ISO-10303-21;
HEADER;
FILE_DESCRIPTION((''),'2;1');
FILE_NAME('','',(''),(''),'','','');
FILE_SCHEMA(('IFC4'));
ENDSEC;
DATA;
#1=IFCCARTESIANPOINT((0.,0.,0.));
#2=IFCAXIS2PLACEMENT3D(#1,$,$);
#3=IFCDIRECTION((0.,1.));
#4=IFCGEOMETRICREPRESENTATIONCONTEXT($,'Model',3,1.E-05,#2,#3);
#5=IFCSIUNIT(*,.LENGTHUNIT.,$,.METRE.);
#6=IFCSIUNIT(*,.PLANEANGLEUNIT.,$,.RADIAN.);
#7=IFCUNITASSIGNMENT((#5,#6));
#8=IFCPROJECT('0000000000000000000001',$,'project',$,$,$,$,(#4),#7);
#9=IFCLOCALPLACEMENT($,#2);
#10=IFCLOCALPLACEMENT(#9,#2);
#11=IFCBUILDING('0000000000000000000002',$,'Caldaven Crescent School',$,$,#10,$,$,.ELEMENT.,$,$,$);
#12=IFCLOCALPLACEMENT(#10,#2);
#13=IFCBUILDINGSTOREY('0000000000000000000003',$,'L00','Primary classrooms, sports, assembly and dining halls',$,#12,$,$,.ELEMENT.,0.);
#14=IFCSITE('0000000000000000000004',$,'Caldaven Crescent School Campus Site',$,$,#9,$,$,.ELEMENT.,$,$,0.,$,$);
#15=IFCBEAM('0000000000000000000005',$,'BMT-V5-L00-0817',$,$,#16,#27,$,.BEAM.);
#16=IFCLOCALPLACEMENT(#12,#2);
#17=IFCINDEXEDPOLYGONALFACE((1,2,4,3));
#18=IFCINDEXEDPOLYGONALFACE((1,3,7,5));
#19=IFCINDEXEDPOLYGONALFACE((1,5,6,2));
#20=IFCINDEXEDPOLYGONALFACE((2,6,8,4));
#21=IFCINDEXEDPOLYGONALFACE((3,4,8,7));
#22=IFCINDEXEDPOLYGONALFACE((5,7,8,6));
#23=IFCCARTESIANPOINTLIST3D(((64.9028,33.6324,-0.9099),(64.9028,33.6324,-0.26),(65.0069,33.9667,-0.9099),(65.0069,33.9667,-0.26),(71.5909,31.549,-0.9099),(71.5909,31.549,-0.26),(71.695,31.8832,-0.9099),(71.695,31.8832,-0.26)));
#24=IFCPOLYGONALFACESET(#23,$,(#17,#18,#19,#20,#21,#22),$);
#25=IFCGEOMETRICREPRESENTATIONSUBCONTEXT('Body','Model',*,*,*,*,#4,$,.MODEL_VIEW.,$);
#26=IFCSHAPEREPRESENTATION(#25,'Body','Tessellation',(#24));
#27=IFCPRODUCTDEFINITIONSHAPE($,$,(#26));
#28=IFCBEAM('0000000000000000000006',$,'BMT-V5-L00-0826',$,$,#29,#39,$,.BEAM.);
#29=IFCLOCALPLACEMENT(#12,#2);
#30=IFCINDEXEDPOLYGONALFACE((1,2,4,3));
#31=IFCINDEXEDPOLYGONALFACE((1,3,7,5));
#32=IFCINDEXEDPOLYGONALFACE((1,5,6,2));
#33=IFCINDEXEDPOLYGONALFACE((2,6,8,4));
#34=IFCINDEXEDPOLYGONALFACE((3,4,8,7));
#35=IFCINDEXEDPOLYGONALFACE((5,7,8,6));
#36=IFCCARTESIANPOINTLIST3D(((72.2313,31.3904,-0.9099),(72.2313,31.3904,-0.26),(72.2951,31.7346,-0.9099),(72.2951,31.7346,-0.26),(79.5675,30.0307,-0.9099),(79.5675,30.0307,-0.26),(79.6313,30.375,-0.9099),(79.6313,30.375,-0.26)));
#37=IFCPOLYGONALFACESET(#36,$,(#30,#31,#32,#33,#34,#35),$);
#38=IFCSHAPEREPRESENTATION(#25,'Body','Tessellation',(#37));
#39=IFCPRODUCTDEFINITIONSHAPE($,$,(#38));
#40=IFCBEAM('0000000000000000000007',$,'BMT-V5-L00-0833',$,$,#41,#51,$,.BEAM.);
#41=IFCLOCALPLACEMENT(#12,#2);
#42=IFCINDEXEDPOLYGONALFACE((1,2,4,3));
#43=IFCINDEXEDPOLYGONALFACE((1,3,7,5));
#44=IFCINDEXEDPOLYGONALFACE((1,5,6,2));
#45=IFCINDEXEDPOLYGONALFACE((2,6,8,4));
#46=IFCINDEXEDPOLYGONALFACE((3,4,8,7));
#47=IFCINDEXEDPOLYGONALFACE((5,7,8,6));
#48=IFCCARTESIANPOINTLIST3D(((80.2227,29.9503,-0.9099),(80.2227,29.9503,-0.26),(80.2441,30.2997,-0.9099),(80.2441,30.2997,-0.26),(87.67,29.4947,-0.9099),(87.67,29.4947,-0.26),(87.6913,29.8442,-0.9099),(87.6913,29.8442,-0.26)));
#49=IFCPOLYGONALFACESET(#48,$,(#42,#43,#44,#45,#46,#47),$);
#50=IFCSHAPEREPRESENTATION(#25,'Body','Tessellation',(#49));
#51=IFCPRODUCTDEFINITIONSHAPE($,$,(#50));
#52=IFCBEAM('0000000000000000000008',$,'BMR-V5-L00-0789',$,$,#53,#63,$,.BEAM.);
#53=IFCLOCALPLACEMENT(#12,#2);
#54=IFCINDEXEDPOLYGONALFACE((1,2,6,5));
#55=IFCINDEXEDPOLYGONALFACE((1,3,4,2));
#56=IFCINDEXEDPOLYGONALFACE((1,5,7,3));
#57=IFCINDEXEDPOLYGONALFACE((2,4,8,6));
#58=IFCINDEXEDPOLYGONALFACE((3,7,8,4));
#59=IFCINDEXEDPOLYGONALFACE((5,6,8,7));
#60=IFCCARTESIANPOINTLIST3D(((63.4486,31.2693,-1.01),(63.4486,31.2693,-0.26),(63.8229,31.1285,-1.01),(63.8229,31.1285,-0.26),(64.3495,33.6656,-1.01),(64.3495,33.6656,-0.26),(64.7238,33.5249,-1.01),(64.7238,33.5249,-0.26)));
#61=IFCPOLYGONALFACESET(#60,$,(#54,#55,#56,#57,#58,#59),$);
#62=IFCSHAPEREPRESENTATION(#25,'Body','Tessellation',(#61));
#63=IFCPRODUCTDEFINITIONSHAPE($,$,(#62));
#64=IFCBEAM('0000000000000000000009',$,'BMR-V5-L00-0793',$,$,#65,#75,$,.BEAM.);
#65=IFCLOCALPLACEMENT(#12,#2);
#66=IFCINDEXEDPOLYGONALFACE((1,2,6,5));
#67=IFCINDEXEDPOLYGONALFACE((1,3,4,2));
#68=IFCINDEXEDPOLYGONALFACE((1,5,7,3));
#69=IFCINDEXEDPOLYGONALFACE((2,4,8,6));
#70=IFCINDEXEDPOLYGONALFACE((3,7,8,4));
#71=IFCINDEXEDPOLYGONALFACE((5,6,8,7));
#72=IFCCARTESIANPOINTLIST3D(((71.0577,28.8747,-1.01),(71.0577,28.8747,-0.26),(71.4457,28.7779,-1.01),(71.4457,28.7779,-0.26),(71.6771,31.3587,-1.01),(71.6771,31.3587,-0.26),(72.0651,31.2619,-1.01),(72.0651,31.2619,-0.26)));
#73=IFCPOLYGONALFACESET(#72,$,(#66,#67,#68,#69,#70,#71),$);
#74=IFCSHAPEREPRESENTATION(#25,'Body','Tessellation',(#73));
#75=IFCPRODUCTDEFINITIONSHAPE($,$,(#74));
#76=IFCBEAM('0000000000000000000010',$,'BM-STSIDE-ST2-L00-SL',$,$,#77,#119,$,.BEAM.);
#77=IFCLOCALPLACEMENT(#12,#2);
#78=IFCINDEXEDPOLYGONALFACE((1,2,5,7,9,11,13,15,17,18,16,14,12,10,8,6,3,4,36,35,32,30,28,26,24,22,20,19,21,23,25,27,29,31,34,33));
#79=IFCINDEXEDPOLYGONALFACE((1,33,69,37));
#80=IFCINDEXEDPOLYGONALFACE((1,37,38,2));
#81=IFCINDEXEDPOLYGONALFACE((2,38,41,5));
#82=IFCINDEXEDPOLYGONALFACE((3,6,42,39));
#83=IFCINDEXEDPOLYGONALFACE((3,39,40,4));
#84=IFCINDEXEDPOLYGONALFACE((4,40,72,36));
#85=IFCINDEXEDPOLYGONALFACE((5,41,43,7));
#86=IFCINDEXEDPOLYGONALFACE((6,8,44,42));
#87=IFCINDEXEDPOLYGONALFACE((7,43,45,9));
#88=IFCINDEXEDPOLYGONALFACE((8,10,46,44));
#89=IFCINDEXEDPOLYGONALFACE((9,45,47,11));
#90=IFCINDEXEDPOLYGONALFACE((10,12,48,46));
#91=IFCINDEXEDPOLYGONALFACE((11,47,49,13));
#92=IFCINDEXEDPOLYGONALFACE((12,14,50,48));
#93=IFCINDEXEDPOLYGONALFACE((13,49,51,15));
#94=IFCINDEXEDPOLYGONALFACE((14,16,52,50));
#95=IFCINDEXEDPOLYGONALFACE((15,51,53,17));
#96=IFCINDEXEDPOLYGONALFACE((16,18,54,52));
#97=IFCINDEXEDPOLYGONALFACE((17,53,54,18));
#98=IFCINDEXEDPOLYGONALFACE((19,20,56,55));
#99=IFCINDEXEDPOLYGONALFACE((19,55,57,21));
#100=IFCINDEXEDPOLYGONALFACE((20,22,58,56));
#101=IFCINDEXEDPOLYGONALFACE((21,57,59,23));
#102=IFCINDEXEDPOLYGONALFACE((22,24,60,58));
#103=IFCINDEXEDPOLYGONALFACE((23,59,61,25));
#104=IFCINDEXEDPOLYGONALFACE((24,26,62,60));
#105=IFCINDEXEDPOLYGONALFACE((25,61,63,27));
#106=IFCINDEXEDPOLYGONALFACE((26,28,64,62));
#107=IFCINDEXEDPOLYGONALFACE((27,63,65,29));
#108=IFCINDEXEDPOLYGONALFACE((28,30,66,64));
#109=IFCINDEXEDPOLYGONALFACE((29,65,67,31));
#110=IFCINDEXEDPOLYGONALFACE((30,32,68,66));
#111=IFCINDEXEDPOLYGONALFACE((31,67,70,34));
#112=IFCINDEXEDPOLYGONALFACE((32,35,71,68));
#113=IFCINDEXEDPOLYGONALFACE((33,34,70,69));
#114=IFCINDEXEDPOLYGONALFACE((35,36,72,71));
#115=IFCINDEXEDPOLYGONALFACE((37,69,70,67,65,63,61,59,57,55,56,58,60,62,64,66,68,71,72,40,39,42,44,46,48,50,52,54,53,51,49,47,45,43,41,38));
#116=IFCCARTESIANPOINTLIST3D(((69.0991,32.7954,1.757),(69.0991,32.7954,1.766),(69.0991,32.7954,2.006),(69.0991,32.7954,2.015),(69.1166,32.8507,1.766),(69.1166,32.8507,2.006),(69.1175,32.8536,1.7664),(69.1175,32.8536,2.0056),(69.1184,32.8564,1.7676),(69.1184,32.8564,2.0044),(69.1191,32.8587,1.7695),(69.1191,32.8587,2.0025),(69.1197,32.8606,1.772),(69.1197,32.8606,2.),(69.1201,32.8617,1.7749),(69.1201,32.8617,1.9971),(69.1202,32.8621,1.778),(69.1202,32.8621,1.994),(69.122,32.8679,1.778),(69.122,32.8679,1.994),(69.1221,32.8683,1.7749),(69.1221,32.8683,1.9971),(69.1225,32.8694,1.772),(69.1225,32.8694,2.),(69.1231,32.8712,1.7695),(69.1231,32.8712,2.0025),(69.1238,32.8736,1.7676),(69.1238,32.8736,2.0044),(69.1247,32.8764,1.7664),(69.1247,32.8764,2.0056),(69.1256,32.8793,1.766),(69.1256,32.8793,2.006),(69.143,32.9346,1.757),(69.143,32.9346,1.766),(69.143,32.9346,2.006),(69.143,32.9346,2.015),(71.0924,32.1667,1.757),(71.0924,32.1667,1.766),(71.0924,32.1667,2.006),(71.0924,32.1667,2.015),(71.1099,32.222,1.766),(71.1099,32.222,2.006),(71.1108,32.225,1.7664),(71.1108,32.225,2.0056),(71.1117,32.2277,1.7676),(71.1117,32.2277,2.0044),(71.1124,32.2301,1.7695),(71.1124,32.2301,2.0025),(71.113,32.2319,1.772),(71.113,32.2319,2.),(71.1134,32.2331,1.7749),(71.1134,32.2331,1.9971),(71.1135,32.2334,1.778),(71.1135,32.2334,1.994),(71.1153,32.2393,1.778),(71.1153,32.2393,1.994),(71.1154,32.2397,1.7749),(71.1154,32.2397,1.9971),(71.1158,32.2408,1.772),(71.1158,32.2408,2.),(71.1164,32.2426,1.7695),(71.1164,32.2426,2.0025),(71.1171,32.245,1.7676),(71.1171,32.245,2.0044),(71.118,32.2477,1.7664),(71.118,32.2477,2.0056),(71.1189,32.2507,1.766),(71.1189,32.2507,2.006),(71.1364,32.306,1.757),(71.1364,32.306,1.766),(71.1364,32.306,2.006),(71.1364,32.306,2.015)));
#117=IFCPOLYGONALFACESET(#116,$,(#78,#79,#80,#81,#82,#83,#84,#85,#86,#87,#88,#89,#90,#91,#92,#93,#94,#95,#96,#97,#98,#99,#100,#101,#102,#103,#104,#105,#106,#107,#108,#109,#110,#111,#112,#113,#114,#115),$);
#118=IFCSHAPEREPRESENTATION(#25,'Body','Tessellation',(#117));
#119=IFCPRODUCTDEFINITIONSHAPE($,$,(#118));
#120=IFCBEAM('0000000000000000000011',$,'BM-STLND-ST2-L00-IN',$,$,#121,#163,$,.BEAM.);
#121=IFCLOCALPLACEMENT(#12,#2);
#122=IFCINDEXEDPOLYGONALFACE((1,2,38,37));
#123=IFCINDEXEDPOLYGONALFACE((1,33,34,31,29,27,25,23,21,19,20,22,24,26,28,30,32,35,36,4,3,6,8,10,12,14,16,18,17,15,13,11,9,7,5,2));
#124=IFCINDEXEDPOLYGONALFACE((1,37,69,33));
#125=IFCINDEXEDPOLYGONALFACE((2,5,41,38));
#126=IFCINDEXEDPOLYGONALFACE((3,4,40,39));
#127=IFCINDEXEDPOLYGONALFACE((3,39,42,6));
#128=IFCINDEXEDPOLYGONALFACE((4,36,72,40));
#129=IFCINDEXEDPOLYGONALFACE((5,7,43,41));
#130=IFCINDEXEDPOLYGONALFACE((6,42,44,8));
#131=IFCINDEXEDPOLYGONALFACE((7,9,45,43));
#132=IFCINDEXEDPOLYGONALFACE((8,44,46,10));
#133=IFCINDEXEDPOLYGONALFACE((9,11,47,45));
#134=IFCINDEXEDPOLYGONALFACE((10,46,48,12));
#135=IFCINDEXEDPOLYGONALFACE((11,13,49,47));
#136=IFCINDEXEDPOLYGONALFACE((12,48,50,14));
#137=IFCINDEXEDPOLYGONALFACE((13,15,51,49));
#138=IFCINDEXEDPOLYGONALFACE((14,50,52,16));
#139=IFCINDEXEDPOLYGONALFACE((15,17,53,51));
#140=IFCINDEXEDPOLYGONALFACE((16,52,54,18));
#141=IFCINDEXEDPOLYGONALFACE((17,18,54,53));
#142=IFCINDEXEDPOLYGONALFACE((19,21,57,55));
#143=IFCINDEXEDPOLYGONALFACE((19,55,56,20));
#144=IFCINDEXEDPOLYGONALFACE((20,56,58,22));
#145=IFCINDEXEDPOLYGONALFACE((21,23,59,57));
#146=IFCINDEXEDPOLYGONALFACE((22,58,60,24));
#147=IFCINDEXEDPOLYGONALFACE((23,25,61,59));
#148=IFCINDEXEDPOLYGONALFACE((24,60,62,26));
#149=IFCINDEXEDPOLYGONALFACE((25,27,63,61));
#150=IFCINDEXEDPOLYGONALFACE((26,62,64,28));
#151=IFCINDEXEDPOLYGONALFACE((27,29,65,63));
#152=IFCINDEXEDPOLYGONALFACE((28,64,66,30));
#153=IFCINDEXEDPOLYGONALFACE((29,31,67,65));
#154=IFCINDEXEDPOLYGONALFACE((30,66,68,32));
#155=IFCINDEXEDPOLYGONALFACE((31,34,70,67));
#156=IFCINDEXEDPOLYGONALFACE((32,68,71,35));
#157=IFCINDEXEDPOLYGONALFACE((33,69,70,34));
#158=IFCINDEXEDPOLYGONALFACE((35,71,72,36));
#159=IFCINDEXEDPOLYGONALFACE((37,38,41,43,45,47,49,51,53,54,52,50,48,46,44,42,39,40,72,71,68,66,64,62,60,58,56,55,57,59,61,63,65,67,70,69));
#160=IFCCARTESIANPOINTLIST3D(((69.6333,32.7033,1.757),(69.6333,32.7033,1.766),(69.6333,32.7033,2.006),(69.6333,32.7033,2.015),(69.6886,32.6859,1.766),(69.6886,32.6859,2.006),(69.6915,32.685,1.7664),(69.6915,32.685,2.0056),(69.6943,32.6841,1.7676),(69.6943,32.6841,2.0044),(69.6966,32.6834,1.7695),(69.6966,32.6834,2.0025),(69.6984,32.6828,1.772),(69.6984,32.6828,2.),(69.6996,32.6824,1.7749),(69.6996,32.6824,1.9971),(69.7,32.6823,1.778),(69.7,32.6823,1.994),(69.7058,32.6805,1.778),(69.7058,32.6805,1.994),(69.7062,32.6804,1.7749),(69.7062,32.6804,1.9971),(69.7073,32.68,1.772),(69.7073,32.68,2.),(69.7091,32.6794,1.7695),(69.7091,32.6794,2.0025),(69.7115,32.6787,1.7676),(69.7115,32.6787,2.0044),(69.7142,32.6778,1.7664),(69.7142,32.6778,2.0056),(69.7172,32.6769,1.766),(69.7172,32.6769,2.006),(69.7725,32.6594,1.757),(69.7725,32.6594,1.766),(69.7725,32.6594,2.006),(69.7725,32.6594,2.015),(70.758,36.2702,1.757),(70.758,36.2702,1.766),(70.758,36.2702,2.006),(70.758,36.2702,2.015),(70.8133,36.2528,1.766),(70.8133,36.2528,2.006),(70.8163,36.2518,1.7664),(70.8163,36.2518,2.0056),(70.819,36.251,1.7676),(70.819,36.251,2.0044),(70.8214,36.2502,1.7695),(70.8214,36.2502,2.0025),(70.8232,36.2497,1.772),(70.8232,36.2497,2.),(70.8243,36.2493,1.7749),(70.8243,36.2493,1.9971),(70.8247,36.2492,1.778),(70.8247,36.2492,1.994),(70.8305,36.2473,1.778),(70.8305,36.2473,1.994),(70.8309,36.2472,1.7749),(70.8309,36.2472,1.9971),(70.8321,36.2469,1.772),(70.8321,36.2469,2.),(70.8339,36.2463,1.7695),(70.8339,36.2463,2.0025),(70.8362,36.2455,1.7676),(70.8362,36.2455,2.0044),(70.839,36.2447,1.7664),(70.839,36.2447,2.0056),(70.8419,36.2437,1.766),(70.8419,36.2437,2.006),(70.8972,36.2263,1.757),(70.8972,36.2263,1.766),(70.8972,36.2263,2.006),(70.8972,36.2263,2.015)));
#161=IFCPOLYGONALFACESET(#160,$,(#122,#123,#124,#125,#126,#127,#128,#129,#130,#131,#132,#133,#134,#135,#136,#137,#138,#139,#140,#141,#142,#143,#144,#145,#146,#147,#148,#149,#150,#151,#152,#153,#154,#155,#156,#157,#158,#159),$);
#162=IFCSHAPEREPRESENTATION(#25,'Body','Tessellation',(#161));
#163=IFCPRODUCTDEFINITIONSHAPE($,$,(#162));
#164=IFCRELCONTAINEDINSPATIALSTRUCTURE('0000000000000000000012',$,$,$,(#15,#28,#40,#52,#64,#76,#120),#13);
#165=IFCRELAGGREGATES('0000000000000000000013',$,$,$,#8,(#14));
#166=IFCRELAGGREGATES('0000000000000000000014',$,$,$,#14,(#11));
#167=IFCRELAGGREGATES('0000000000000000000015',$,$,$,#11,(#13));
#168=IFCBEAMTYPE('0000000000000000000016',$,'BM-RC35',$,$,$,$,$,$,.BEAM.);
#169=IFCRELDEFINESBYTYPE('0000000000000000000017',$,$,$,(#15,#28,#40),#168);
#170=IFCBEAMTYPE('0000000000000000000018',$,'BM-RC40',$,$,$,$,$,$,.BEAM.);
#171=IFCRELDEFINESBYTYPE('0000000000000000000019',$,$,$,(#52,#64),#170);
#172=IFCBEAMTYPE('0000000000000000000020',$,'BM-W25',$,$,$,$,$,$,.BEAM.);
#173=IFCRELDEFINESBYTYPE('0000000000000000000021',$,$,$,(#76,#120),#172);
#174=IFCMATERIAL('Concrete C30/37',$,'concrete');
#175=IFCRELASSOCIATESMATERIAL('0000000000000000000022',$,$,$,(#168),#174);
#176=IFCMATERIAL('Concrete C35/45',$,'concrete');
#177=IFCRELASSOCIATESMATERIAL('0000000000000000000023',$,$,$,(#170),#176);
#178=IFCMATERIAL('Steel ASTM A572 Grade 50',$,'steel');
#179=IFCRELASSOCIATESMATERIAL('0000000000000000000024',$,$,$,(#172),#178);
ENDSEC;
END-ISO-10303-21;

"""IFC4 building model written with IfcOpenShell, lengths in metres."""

from ifc_helpers import new_model, si_unit, direction, frame, origin, origin_2d, place, context, subcontext, project, spatial, rectangle, i_section, extrude, material, material_profile, profile_set, type_object, element, save


model = new_model("IFC4")

# Units and contexts
model_context = context("Model", 3, precision=1e-05, world=origin(), true_north=direction((0.0, 1.0)))
body_context = subcontext(model_context, "Body", "Model", "MODEL_VIEW")
ifc_project = project(units=[si_unit("LENGTHUNIT", "METRE"), si_unit("PLANEANGLEUNIT", "RADIAN")], contexts=[model_context])

# Site, building, storey
site_placement = place(None, origin())
site = spatial("IfcSite", under=ifc_project, at=site_placement, Name="Caldaven Crescent School Campus Site", CompositionType="ELEMENT", RefElevation=0.0)
building_placement = place(site_placement, origin())
building = spatial("IfcBuilding", under=site, at=building_placement, Name="Caldaven Crescent School", CompositionType="ELEMENT")
storey_placement = place(building_placement, origin())
storey = spatial("IfcBuildingStorey", under=building, at=storey_placement, Name="L00", Description="Primary classrooms, sports, assembly and dining halls", CompositionType="ELEMENT", Elevation=0.0)

# Shared definitions
ifc_material_1 = material(Name="Steel ASTM A572 Grade 50", Category="steel")

# Beams
ifc_material_2 = material(Name="Concrete C30/37", Category="concrete")
ifc_material_profile_1 = material_profile(ifc_material_2, rectangle(XDim=0.3501, YDim=0.6499, at=origin_2d()), Name="RC 350x650")
ifc_profile_set_1 = profile_set([ifc_material_profile_1], Name="Concrete C30/37")
beam_type_1 = type_object("IfcBeamType", Name="BM-RC35", PredefinedType="BEAM", material=ifc_profile_set_1)
beam_1_placement = place(storey_placement, frame((64.9548, 33.7996, -0.585), z_axis=(0.954747, -0.29742, 0.0), x_axis=(0.29742, 0.954747, 0.0)))
element("IfcBeam", 1, at=beam_1_placement, inside=storey, type_object=beam_type_1, Name="BMT-V5-L00-0817", PredefinedType="BEAM", context=body_context, shape_type="SweptSolid", body=[
    extrude(rectangle(XDim=0.3501, YDim=0.6499, at=origin_2d()), origin(), (0.0, 0.0, 1.0), 7.0051),
])
for number, where, z_axis, x_axis, name in (
    (2, (72.2632, 31.5625, -0.585), (0.983256, -0.182228, 0.0), (0.182228, 0.983256, 0.0), "BMT-V5-L00-0826"),
    (3, (80.2334, 30.125, -0.585), (0.998134, -0.061058, 0.0), (0.061058, 0.998134, 0.0), "BMT-V5-L00-0833"),
):
    element("IfcBeam", number, at=place(storey_placement, frame(where, z_axis=z_axis, x_axis=x_axis)), inside=storey, type_object=beam_type_1, Name=name, PredefinedType="BEAM", context=body_context, shape_type="SweptSolid", body=[
        extrude(rectangle(XDim=0.3501, YDim=0.6499, at=origin_2d()), origin(), (0.0, 0.0, 1.0), 7.4612),
    ])
ifc_material_3 = material(Name="Concrete C35/45", Category="concrete")
ifc_material_profile_2 = material_profile(ifc_material_3, rectangle(XDim=0.3999, YDim=0.75, at=origin_2d()), Name="RC 400x750")
ifc_profile_set_2 = profile_set([ifc_material_profile_2], Name="Concrete C35/45")
beam_type_2 = type_object("IfcBeamType", Name="BM-RC40", PredefinedType="BEAM", material=ifc_profile_set_2)
for number, where, z_axis, x_axis, name in (
    (4, (64.5366, 33.5952, -0.635), (-0.351907, -0.936035, 0.0), (0.936035, -0.351907, 0.0), "BMR-V5-L00-0789"),
    (5, (71.8711, 31.3103, -0.635), (-0.241952, -0.970288, 0.0), (0.970288, -0.241952, 0.0), "BMR-V5-L00-0793"),
):
    element("IfcBeam", number, at=place(storey_placement, frame(where, z_axis=z_axis, x_axis=x_axis)), inside=storey, type_object=beam_type_2, Name=name, PredefinedType="BEAM", context=body_context, shape_type="SweptSolid", body=[
        extrude(rectangle(XDim=0.3999, YDim=0.75, at=origin_2d()), origin(), (0.0, 0.0, 1.0), 2.5601),
    ])
ifc_material_profile_3 = material_profile(ifc_material_1, i_section(OverallWidth=0.146, OverallDepth=0.2581, WebThickness=0.0061, FlangeThickness=0.009, FilletRadius=0.012, at=origin_2d()), Name="W250x33")
ifc_profile_set_3 = profile_set([ifc_material_profile_3], Name="Steel ASTM A572 Grade 50")
beam_type_3 = type_object("IfcBeamType", Name="BM-W25", PredefinedType="BEAM", material=ifc_profile_set_3)
beam_2_placement = place(storey_placement, frame((69.1211, 32.865, 1.886), z_axis=(0.953697, -0.300768, 0.0), x_axis=(0.300768, 0.953697, 0.0)))
element("IfcBeam", 6, at=beam_2_placement, inside=storey, type_object=beam_type_3, Name="BM-STSIDE-ST2-L00-SL", PredefinedType="BEAM", context=body_context, shape_type="SweptSolid", body=[
    extrude(i_section(OverallWidth=0.146, OverallDepth=0.2581, WebThickness=0.0061, FlangeThickness=0.009, FilletRadius=0.012, at=origin_2d()), origin(), (0.0, 0.0, 1.0), 2.0901),
])
for number, where, z_axis, x_axis, name in (
    (7, (69.7029, 32.6814, 1.886), (0.300735, 0.953708, 0.0), (-0.953708, 0.300735, 0.0), "BM-STLND-ST2-L00-IN"),
):
    element("IfcBeam", number, at=place(storey_placement, frame(where, z_axis=z_axis, x_axis=x_axis)), inside=storey, type_object=beam_type_3, Name=name, PredefinedType="BEAM", context=body_context, shape_type="SweptSolid", body=[
        extrude(i_section(OverallWidth=0.146, OverallDepth=0.2581, WebThickness=0.0061, FlangeThickness=0.009, FilletRadius=0.012, at=origin_2d()), origin(), (0.0, 0.0, 1.0), 3.74),
    ])

save(model, "model.ifc")
